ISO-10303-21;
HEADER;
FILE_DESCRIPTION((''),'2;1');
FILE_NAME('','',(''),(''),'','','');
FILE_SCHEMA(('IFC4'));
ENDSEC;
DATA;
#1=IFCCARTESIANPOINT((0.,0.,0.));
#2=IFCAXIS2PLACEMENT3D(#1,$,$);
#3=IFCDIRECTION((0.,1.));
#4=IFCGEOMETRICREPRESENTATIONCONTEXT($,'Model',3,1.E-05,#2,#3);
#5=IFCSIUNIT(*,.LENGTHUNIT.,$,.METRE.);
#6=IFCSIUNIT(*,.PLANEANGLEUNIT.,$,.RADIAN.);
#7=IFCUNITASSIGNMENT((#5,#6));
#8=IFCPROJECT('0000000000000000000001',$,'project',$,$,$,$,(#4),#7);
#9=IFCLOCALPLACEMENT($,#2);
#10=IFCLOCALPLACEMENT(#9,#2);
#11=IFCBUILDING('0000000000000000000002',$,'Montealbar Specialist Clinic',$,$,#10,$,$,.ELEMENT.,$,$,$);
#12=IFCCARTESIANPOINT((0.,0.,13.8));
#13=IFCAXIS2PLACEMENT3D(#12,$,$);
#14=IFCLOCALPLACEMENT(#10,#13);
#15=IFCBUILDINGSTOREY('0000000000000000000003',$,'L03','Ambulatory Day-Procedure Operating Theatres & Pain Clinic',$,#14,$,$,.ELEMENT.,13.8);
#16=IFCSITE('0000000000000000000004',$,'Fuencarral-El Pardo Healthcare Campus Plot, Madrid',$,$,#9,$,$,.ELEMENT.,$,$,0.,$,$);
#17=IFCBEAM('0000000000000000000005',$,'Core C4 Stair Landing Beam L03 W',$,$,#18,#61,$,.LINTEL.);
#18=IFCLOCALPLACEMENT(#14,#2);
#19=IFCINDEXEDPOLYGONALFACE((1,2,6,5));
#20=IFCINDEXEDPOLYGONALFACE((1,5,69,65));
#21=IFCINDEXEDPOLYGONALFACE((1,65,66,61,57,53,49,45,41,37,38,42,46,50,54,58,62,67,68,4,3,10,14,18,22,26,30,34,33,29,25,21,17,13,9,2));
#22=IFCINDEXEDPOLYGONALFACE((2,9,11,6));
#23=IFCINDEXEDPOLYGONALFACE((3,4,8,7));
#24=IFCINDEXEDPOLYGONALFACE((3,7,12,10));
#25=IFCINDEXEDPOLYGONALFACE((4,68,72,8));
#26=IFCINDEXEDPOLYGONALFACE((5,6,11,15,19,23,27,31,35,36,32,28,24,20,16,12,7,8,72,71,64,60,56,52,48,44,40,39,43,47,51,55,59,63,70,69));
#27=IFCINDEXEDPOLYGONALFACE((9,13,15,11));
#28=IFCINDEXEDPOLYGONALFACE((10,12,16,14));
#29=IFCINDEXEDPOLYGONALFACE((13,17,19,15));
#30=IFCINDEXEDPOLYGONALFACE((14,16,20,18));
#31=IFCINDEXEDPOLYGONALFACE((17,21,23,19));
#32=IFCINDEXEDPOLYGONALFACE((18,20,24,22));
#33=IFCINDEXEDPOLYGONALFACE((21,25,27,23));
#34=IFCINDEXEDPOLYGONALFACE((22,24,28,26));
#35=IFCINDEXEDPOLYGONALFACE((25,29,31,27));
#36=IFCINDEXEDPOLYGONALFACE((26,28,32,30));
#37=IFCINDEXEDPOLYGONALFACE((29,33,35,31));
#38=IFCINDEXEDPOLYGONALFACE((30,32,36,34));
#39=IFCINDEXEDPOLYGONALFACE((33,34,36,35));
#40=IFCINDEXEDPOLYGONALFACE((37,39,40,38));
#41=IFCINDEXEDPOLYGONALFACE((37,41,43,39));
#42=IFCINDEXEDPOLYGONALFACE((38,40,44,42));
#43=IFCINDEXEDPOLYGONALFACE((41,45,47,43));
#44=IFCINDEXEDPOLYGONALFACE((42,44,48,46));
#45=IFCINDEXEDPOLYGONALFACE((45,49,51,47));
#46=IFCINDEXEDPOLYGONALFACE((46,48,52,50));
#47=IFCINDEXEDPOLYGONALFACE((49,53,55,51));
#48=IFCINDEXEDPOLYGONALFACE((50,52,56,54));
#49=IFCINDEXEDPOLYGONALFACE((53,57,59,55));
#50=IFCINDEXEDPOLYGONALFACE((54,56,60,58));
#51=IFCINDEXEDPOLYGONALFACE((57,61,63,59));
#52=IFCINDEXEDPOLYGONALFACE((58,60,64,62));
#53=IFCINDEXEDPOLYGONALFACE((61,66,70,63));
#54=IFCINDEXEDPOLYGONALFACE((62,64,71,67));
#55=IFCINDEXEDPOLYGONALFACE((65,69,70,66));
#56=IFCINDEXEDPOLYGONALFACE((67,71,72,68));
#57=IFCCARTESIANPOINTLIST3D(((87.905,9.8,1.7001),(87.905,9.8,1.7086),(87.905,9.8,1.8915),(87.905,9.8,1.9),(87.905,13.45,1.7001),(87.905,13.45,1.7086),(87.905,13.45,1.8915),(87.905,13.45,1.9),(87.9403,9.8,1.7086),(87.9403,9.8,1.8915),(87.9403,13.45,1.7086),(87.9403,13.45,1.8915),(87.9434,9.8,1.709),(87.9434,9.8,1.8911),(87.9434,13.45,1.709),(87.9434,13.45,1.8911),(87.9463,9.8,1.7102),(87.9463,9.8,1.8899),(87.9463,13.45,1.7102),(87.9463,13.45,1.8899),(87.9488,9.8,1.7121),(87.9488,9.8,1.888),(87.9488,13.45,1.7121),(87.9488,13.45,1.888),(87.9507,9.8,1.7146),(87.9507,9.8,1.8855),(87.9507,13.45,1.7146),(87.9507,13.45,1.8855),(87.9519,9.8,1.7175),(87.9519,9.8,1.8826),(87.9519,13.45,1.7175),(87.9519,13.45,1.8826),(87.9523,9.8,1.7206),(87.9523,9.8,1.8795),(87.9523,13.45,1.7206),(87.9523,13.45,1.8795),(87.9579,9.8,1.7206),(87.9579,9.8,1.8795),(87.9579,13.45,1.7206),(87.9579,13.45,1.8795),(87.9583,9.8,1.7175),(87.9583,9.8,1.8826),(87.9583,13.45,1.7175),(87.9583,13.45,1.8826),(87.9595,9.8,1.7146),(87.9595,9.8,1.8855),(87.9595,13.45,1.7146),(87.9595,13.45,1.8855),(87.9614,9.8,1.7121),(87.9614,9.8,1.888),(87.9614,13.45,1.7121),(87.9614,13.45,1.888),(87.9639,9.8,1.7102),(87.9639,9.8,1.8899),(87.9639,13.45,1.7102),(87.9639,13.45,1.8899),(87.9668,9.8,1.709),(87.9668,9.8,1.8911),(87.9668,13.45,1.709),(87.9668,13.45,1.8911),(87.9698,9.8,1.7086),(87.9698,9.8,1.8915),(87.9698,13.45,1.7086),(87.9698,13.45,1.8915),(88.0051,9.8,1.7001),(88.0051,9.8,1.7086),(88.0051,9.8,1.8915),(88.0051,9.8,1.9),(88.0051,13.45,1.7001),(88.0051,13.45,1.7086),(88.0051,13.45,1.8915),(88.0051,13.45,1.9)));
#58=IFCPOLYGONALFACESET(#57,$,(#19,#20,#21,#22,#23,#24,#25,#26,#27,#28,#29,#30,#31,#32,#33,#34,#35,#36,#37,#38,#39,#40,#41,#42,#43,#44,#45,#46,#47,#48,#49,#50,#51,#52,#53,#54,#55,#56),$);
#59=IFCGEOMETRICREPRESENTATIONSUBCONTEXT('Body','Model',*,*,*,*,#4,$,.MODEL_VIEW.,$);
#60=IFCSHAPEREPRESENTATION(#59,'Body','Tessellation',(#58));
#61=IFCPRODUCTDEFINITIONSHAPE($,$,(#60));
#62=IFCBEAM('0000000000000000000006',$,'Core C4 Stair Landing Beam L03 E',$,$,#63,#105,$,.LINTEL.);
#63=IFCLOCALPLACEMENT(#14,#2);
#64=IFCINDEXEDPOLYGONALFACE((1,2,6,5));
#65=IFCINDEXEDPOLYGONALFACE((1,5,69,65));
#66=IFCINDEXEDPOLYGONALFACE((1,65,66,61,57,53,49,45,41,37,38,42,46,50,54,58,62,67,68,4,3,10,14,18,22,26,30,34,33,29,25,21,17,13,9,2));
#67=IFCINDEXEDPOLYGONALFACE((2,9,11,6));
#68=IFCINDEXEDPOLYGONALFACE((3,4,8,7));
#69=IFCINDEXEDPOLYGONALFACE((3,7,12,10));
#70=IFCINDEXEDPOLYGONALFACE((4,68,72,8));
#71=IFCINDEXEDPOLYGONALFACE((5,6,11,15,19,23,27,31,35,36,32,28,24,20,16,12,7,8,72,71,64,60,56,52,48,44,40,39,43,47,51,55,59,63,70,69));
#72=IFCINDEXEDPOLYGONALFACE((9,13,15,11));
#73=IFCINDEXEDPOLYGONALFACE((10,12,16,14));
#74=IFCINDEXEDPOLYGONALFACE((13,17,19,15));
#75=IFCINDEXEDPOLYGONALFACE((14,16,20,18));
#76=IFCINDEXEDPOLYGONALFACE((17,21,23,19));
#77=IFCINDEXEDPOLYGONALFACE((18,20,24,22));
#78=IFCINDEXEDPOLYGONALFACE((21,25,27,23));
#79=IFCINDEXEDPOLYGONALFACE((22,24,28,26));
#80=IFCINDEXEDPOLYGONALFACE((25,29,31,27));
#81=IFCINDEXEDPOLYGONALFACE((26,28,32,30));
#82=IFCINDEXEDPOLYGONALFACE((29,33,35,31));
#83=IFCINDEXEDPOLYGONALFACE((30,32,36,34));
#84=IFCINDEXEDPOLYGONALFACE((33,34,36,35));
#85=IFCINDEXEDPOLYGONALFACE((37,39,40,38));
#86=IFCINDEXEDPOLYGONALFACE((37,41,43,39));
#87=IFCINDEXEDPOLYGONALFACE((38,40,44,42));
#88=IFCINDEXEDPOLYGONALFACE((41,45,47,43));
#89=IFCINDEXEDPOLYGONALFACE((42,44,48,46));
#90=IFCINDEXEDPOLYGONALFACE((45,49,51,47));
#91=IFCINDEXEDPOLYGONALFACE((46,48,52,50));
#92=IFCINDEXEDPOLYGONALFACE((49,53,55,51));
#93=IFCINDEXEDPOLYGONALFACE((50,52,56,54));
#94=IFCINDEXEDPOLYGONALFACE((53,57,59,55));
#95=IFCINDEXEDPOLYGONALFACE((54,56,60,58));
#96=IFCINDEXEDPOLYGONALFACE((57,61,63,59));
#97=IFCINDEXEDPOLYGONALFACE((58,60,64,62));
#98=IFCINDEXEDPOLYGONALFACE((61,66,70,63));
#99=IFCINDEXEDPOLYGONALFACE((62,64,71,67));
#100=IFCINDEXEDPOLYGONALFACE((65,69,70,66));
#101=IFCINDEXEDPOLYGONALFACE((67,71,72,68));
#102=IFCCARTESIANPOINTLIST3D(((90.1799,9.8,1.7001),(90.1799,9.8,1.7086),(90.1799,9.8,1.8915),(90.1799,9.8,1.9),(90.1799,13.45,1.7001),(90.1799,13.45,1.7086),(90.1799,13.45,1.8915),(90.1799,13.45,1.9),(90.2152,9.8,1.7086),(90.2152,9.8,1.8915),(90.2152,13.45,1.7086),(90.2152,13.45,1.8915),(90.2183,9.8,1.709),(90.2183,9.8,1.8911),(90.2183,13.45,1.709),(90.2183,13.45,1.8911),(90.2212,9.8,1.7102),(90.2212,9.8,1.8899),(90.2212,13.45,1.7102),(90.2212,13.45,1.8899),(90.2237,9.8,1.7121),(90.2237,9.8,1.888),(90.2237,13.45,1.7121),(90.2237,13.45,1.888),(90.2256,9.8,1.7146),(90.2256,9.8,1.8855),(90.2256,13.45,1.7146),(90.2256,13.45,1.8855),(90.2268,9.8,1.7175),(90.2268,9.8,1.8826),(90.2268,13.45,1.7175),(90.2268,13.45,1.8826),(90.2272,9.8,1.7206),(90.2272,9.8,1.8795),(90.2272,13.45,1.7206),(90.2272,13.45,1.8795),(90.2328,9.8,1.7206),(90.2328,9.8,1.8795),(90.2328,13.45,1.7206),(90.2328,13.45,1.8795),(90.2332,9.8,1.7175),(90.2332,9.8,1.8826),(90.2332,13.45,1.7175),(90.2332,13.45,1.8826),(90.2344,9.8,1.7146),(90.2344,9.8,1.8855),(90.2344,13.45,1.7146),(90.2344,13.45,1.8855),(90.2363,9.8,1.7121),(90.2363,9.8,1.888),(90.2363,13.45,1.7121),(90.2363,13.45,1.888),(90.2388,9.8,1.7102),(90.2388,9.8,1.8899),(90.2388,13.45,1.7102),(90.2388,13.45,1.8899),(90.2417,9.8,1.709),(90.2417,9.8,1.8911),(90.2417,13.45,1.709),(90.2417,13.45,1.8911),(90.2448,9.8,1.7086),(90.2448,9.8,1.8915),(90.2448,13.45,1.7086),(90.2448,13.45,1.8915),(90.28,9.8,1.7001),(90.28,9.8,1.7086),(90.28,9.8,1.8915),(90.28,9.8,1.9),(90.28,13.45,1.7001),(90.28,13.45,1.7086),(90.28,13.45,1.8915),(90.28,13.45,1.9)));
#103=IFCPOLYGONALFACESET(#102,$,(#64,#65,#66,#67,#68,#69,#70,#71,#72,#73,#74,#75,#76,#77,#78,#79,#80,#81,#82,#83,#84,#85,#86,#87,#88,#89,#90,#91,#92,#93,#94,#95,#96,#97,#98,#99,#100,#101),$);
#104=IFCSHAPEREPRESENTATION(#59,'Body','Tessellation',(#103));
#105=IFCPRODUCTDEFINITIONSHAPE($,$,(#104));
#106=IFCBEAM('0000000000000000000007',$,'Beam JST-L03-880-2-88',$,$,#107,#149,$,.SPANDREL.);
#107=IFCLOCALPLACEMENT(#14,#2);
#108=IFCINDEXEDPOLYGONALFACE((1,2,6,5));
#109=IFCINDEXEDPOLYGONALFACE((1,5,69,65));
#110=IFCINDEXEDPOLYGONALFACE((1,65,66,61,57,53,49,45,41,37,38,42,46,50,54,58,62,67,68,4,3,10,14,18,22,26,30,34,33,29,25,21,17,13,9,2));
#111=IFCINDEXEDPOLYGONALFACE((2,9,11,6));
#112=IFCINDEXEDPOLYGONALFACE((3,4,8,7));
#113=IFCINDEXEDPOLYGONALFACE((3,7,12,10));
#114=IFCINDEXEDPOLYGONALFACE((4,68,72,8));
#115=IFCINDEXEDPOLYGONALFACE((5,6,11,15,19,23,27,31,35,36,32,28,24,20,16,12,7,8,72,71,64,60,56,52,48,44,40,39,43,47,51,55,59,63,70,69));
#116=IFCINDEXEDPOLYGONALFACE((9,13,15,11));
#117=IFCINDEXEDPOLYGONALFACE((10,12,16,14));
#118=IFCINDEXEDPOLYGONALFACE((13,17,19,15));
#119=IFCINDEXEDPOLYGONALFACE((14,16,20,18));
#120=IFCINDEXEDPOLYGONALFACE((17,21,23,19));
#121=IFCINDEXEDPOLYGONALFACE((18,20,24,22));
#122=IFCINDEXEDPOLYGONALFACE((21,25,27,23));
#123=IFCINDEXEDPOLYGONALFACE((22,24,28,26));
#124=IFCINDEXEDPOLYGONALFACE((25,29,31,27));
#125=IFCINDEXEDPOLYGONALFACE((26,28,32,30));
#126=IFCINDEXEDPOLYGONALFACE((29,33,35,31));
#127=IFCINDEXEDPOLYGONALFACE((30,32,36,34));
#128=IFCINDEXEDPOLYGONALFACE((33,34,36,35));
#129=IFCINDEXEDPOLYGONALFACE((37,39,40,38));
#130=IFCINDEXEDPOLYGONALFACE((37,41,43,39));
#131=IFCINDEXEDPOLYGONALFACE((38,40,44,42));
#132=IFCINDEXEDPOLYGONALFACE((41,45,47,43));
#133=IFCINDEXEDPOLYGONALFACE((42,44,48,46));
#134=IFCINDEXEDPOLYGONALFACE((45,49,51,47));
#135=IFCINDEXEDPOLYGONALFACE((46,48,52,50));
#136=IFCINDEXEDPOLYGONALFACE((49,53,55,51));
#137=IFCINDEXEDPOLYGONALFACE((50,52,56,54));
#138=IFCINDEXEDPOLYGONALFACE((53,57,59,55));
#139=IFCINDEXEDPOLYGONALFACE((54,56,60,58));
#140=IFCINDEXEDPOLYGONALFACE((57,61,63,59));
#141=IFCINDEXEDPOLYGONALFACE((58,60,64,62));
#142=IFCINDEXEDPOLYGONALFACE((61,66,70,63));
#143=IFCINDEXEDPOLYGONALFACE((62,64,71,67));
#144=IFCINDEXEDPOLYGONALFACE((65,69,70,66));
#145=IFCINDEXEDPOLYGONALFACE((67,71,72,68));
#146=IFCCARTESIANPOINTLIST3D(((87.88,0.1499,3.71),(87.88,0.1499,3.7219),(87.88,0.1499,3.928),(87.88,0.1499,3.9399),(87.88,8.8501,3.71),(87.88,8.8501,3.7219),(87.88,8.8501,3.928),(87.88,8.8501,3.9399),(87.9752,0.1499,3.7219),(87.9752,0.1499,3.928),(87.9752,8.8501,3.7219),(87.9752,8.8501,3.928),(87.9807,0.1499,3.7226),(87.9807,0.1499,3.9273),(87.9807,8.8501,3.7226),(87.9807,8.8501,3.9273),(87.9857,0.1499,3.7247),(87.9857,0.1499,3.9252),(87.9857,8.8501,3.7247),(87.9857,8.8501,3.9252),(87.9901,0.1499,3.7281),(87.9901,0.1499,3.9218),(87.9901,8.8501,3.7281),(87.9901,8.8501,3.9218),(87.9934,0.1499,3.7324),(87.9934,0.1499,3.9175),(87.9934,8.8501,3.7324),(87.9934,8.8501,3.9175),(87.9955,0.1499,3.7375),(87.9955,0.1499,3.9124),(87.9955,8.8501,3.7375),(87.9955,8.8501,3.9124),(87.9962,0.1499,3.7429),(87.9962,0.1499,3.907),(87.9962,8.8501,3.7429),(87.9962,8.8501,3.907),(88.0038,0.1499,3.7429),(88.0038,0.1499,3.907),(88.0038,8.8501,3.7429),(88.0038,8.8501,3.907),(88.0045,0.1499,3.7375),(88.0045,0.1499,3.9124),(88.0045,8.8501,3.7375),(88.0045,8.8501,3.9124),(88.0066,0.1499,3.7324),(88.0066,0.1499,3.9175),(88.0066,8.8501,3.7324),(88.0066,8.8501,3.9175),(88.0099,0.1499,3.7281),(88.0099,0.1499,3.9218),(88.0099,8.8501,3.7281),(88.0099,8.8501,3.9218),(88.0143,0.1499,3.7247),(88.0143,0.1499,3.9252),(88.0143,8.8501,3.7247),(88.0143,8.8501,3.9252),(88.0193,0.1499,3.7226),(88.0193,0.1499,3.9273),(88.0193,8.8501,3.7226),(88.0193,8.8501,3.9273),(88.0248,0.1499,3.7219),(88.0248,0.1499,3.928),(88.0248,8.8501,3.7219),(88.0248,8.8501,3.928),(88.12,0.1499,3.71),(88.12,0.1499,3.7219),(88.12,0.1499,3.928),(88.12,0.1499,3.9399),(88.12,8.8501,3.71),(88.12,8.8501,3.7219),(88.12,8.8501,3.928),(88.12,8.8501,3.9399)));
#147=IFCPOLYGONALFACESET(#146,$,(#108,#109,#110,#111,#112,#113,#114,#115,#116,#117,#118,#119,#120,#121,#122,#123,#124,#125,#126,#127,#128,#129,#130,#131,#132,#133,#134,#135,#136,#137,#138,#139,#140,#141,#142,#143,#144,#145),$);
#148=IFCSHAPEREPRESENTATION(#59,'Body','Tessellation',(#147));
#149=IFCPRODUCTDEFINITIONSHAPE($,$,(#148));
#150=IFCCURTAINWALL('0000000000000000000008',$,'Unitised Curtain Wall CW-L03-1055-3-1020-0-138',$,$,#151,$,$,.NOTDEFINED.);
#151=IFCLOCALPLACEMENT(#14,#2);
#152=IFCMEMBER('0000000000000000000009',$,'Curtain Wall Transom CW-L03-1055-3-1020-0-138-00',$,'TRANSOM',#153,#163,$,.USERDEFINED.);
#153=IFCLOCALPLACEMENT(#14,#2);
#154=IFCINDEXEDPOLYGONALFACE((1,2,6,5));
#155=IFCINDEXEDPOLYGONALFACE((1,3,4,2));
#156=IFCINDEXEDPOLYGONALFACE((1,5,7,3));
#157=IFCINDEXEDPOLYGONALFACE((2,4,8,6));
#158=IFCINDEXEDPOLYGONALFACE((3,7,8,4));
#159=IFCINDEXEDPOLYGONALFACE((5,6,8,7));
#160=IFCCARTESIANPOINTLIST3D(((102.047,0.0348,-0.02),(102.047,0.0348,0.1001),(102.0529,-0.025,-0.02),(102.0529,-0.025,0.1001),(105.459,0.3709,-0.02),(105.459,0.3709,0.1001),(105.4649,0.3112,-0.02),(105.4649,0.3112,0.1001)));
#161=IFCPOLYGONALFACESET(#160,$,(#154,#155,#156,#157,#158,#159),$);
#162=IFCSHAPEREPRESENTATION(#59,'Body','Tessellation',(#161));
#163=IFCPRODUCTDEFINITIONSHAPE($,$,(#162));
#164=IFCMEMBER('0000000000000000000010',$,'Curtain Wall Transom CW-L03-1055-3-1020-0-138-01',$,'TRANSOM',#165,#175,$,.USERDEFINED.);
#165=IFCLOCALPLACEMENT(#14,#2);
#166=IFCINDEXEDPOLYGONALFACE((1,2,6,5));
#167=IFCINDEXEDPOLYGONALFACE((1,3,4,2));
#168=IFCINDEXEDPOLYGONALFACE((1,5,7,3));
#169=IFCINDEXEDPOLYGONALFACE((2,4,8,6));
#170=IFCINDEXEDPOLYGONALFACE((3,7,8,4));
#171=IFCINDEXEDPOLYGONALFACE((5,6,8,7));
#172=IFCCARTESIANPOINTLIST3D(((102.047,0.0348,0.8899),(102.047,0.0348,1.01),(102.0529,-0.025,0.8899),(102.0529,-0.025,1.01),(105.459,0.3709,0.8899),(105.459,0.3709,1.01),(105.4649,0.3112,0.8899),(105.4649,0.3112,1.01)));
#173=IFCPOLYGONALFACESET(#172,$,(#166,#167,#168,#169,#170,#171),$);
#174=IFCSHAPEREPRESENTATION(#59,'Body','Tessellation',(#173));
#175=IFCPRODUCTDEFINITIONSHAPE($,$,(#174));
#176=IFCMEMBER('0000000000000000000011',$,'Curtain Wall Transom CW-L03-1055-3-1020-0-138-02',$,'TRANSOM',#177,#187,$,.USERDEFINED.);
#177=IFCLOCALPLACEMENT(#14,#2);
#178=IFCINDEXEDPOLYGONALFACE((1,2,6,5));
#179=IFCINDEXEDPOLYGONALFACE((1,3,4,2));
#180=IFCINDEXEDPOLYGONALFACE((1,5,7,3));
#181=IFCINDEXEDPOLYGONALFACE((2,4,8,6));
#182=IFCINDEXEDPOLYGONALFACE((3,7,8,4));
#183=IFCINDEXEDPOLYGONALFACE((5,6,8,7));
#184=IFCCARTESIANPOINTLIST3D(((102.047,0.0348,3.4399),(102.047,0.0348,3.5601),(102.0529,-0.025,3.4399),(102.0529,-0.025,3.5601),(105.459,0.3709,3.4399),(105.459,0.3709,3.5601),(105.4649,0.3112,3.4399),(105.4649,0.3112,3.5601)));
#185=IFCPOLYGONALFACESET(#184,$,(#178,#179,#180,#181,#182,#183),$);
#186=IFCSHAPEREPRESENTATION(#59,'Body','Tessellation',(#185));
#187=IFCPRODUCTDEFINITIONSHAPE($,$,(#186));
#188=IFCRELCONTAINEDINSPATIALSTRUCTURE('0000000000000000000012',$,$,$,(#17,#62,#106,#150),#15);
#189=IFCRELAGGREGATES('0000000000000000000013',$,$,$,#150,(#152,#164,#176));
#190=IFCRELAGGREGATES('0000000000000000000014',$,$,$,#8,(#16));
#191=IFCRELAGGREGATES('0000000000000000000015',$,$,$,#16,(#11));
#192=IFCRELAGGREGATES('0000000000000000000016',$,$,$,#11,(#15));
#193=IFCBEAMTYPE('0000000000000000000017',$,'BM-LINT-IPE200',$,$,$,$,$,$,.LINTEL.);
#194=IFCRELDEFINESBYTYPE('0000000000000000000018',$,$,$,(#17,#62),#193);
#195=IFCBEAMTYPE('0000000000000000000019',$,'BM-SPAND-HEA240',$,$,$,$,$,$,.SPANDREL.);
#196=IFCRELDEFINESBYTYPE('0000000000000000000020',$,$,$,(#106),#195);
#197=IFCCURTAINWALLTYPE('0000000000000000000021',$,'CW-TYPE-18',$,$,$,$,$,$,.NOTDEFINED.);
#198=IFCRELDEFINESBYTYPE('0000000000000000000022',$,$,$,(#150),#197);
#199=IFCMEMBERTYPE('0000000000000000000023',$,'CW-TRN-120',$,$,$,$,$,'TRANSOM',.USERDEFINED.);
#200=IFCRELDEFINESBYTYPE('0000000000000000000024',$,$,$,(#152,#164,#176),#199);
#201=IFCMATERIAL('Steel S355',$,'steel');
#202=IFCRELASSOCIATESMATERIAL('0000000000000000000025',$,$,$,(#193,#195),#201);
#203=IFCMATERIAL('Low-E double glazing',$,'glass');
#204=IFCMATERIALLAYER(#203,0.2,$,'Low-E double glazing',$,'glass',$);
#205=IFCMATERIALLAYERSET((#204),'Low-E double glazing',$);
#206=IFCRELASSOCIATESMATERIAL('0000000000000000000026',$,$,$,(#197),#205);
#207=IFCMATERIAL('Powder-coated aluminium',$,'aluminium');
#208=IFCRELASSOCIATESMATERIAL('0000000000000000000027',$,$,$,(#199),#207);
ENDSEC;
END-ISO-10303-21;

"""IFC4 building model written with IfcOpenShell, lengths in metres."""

from ifc_helpers import new_model, si_unit, direction, frame, origin, origin_2d, place, context, subcontext, project, spatial, rectangle, i_section, extrude, material, layer, layer_set, material_profile, profile_set, type_object, element, aggregate, save


model = new_model("IFC4")

# Units and contexts
model_context = context("Model", 3, precision=1e-05, world=origin(), true_north=direction((0.0, 1.0)))
body_context = subcontext(model_context, "Body", "Model", "MODEL_VIEW")
ifc_project = project(units=[si_unit("LENGTHUNIT", "METRE"), si_unit("PLANEANGLEUNIT", "RADIAN")], contexts=[model_context])

# Site, building, storey
site_placement = place(None, origin())
site = spatial("IfcSite", under=ifc_project, at=site_placement, Name="Fuencarral-El Pardo Healthcare Campus Plot, Madrid", CompositionType="ELEMENT", RefElevation=0.0)
building_placement = place(site_placement, origin())
building = spatial("IfcBuilding", under=site, at=building_placement, Name="Montealbar Specialist Clinic", CompositionType="ELEMENT")
storey_placement = place(building_placement, frame((0.0, 0.0, 13.8)))
storey = spatial("IfcBuildingStorey", under=building, at=storey_placement, Name="L03", Description="Ambulatory Day-Procedure Operating Theatres & Pain Clinic", CompositionType="ELEMENT", Elevation=13.8)

# Shared definitions
ifc_material_1 = material(Name="Steel S355", Category="steel")

# Beams
ifc_material_profile_1 = material_profile(ifc_material_1, i_section(OverallWidth=0.1001, OverallDepth=0.2, WebThickness=0.0056, FlangeThickness=0.0085, FilletRadius=0.012, at=origin_2d()), Name="IPE 200", Category="steel")
ifc_profile_set_1 = profile_set([ifc_material_profile_1], Name="Steel S355")
beam_type_1 = type_object("IfcBeamType", Name="BM-LINT-IPE200", PredefinedType="LINTEL", material=ifc_profile_set_1)
for number, where, z_axis, x_axis, name in (
    (1, (87.9551, 9.8, 1.8), (0.0, 1.0, 0.0), (-1.0, 0.0, 0.0), "Core C4 Stair Landing Beam L03 W"),
    (2, (90.23, 9.8, 1.8), (0.0, 1.0, 0.0), (-1.0, 0.0, 0.0), "Core C4 Stair Landing Beam L03 E"),
):
    element("IfcBeam", number, at=place(storey_placement, frame(where, z_axis=z_axis, x_axis=x_axis)), inside=storey, type_object=beam_type_1, Name=name, PredefinedType="LINTEL", context=body_context, shape_type="SweptSolid", body=[
        extrude(i_section(OverallWidth=0.1001, OverallDepth=0.2, WebThickness=0.0056, FlangeThickness=0.0085, FilletRadius=0.012, at=origin_2d()), origin(), (0.0, 0.0, 1.0), 3.6499),
    ])
ifc_material_profile_2 = material_profile(ifc_material_1, i_section(OverallWidth=0.24, OverallDepth=0.23, WebThickness=0.0076, FlangeThickness=0.012, FilletRadius=0.021, at=origin_2d()), Name="HEA 240", Category="steel")
ifc_profile_set_2 = profile_set([ifc_material_profile_2], Name="Steel S355")
beam_type_2 = type_object("IfcBeamType", Name="BM-SPAND-HEA240", PredefinedType="SPANDREL", material=ifc_profile_set_2)
beam_1_placement = place(storey_placement, frame((88.0, 0.1499, 3.825), z_axis=(0.0, 1.0, 0.0), x_axis=(-1.0, 0.0, 0.0)))
element("IfcBeam", 3, at=beam_1_placement, inside=storey, type_object=beam_type_2, Name="Beam JST-L03-880-2-88", PredefinedType="SPANDREL", context=body_context, shape_type="SweptSolid", body=[
    extrude(i_section(OverallWidth=0.24, OverallDepth=0.23, WebThickness=0.0076, FlangeThickness=0.012, FilletRadius=0.021, at=origin_2d()), origin(), (0.0, 0.0, 1.0), 8.7002),
])

# Curtain wall, members
ifc_material_2 = material(Name="Low-E double glazing", Category="glass")
ifc_layer_1 = layer(ifc_material_2, 0.2, Name="Low-E double glazing", Category="glass")
ifc_layer_set_1 = layer_set([ifc_layer_1], Name="Low-E double glazing")
curtain_wall_type = type_object("IfcCurtainWallType", Name="CW-TYPE-18", PredefinedType="NOTDEFINED", material=ifc_layer_set_1)
curtain_wall_placement = place(storey_placement, origin())
curtain_wall = element("IfcCurtainWall", 4, at=curtain_wall_placement, inside=storey, type_object=curtain_wall_type, Name="Unitised Curtain Wall CW-L03-1055-3-1020-0-138", PredefinedType="NOTDEFINED")
ifc_material_3 = material(Name="Powder-coated aluminium", Category="aluminium")
ifc_material_profile_3 = material_profile(ifc_material_3, rectangle(XDim=0.0601, YDim=0.1201, at=origin_2d()), Name="ALU 60x120", Category="aluminium")
ifc_profile_set_3 = profile_set([ifc_material_profile_3], Name="Powder-coated aluminium")
member_type = type_object("IfcMemberType", Name="CW-TRN-120", ElementType="TRANSOM", PredefinedType="USERDEFINED", material=ifc_profile_set_3)
member_1_placement = place(storey_placement, frame((105.4619, 0.3411, 0.04), z_axis=(-0.995181, -0.098058, 0.0), x_axis=(0.098058, -0.995181, 0.0)))
member_1 = element("IfcMember", 5, at=member_1_placement, type_object=member_type, Name="Curtain Wall Transom CW-L03-1055-3-1020-0-138-00", ObjectType="TRANSOM", PredefinedType="USERDEFINED", context=body_context, shape_type="SweptSolid", body=[
    extrude(rectangle(XDim=0.0601, YDim=0.1201, at=origin_2d()), origin(), (0.0, 0.0, 1.0), 3.4285),
])
member_2_placement = place(storey_placement, frame((105.4619, 0.3411, 0.95), z_axis=(-0.995181, -0.098058, 0.0), x_axis=(0.098058, -0.995181, 0.0)))
member_2 = element("IfcMember", 6, at=member_2_placement, type_object=member_type, Name="Curtain Wall Transom CW-L03-1055-3-1020-0-138-01", ObjectType="TRANSOM", PredefinedType="USERDEFINED", context=body_context, shape_type="SweptSolid", body=[
    extrude(rectangle(XDim=0.0601, YDim=0.1201, at=origin_2d()), origin(), (0.0, 0.0, 1.0), 3.4285),
])
member_3_placement = place(storey_placement, frame((105.4619, 0.3411, 3.5), z_axis=(-0.995181, -0.098058, 0.0), x_axis=(0.098058, -0.995181, 0.0)))
member_3 = element("IfcMember", 7, at=member_3_placement, type_object=member_type, Name="Curtain Wall Transom CW-L03-1055-3-1020-0-138-02", ObjectType="TRANSOM", PredefinedType="USERDEFINED", context=body_context, shape_type="SweptSolid", body=[
    extrude(rectangle(XDim=0.0601, YDim=0.1201, at=origin_2d()), origin(), (0.0, 0.0, 1.0), 3.4285),
])
aggregate(curtain_wall, [member_1, member_2, member_3])

save(model, "model.ifc")
